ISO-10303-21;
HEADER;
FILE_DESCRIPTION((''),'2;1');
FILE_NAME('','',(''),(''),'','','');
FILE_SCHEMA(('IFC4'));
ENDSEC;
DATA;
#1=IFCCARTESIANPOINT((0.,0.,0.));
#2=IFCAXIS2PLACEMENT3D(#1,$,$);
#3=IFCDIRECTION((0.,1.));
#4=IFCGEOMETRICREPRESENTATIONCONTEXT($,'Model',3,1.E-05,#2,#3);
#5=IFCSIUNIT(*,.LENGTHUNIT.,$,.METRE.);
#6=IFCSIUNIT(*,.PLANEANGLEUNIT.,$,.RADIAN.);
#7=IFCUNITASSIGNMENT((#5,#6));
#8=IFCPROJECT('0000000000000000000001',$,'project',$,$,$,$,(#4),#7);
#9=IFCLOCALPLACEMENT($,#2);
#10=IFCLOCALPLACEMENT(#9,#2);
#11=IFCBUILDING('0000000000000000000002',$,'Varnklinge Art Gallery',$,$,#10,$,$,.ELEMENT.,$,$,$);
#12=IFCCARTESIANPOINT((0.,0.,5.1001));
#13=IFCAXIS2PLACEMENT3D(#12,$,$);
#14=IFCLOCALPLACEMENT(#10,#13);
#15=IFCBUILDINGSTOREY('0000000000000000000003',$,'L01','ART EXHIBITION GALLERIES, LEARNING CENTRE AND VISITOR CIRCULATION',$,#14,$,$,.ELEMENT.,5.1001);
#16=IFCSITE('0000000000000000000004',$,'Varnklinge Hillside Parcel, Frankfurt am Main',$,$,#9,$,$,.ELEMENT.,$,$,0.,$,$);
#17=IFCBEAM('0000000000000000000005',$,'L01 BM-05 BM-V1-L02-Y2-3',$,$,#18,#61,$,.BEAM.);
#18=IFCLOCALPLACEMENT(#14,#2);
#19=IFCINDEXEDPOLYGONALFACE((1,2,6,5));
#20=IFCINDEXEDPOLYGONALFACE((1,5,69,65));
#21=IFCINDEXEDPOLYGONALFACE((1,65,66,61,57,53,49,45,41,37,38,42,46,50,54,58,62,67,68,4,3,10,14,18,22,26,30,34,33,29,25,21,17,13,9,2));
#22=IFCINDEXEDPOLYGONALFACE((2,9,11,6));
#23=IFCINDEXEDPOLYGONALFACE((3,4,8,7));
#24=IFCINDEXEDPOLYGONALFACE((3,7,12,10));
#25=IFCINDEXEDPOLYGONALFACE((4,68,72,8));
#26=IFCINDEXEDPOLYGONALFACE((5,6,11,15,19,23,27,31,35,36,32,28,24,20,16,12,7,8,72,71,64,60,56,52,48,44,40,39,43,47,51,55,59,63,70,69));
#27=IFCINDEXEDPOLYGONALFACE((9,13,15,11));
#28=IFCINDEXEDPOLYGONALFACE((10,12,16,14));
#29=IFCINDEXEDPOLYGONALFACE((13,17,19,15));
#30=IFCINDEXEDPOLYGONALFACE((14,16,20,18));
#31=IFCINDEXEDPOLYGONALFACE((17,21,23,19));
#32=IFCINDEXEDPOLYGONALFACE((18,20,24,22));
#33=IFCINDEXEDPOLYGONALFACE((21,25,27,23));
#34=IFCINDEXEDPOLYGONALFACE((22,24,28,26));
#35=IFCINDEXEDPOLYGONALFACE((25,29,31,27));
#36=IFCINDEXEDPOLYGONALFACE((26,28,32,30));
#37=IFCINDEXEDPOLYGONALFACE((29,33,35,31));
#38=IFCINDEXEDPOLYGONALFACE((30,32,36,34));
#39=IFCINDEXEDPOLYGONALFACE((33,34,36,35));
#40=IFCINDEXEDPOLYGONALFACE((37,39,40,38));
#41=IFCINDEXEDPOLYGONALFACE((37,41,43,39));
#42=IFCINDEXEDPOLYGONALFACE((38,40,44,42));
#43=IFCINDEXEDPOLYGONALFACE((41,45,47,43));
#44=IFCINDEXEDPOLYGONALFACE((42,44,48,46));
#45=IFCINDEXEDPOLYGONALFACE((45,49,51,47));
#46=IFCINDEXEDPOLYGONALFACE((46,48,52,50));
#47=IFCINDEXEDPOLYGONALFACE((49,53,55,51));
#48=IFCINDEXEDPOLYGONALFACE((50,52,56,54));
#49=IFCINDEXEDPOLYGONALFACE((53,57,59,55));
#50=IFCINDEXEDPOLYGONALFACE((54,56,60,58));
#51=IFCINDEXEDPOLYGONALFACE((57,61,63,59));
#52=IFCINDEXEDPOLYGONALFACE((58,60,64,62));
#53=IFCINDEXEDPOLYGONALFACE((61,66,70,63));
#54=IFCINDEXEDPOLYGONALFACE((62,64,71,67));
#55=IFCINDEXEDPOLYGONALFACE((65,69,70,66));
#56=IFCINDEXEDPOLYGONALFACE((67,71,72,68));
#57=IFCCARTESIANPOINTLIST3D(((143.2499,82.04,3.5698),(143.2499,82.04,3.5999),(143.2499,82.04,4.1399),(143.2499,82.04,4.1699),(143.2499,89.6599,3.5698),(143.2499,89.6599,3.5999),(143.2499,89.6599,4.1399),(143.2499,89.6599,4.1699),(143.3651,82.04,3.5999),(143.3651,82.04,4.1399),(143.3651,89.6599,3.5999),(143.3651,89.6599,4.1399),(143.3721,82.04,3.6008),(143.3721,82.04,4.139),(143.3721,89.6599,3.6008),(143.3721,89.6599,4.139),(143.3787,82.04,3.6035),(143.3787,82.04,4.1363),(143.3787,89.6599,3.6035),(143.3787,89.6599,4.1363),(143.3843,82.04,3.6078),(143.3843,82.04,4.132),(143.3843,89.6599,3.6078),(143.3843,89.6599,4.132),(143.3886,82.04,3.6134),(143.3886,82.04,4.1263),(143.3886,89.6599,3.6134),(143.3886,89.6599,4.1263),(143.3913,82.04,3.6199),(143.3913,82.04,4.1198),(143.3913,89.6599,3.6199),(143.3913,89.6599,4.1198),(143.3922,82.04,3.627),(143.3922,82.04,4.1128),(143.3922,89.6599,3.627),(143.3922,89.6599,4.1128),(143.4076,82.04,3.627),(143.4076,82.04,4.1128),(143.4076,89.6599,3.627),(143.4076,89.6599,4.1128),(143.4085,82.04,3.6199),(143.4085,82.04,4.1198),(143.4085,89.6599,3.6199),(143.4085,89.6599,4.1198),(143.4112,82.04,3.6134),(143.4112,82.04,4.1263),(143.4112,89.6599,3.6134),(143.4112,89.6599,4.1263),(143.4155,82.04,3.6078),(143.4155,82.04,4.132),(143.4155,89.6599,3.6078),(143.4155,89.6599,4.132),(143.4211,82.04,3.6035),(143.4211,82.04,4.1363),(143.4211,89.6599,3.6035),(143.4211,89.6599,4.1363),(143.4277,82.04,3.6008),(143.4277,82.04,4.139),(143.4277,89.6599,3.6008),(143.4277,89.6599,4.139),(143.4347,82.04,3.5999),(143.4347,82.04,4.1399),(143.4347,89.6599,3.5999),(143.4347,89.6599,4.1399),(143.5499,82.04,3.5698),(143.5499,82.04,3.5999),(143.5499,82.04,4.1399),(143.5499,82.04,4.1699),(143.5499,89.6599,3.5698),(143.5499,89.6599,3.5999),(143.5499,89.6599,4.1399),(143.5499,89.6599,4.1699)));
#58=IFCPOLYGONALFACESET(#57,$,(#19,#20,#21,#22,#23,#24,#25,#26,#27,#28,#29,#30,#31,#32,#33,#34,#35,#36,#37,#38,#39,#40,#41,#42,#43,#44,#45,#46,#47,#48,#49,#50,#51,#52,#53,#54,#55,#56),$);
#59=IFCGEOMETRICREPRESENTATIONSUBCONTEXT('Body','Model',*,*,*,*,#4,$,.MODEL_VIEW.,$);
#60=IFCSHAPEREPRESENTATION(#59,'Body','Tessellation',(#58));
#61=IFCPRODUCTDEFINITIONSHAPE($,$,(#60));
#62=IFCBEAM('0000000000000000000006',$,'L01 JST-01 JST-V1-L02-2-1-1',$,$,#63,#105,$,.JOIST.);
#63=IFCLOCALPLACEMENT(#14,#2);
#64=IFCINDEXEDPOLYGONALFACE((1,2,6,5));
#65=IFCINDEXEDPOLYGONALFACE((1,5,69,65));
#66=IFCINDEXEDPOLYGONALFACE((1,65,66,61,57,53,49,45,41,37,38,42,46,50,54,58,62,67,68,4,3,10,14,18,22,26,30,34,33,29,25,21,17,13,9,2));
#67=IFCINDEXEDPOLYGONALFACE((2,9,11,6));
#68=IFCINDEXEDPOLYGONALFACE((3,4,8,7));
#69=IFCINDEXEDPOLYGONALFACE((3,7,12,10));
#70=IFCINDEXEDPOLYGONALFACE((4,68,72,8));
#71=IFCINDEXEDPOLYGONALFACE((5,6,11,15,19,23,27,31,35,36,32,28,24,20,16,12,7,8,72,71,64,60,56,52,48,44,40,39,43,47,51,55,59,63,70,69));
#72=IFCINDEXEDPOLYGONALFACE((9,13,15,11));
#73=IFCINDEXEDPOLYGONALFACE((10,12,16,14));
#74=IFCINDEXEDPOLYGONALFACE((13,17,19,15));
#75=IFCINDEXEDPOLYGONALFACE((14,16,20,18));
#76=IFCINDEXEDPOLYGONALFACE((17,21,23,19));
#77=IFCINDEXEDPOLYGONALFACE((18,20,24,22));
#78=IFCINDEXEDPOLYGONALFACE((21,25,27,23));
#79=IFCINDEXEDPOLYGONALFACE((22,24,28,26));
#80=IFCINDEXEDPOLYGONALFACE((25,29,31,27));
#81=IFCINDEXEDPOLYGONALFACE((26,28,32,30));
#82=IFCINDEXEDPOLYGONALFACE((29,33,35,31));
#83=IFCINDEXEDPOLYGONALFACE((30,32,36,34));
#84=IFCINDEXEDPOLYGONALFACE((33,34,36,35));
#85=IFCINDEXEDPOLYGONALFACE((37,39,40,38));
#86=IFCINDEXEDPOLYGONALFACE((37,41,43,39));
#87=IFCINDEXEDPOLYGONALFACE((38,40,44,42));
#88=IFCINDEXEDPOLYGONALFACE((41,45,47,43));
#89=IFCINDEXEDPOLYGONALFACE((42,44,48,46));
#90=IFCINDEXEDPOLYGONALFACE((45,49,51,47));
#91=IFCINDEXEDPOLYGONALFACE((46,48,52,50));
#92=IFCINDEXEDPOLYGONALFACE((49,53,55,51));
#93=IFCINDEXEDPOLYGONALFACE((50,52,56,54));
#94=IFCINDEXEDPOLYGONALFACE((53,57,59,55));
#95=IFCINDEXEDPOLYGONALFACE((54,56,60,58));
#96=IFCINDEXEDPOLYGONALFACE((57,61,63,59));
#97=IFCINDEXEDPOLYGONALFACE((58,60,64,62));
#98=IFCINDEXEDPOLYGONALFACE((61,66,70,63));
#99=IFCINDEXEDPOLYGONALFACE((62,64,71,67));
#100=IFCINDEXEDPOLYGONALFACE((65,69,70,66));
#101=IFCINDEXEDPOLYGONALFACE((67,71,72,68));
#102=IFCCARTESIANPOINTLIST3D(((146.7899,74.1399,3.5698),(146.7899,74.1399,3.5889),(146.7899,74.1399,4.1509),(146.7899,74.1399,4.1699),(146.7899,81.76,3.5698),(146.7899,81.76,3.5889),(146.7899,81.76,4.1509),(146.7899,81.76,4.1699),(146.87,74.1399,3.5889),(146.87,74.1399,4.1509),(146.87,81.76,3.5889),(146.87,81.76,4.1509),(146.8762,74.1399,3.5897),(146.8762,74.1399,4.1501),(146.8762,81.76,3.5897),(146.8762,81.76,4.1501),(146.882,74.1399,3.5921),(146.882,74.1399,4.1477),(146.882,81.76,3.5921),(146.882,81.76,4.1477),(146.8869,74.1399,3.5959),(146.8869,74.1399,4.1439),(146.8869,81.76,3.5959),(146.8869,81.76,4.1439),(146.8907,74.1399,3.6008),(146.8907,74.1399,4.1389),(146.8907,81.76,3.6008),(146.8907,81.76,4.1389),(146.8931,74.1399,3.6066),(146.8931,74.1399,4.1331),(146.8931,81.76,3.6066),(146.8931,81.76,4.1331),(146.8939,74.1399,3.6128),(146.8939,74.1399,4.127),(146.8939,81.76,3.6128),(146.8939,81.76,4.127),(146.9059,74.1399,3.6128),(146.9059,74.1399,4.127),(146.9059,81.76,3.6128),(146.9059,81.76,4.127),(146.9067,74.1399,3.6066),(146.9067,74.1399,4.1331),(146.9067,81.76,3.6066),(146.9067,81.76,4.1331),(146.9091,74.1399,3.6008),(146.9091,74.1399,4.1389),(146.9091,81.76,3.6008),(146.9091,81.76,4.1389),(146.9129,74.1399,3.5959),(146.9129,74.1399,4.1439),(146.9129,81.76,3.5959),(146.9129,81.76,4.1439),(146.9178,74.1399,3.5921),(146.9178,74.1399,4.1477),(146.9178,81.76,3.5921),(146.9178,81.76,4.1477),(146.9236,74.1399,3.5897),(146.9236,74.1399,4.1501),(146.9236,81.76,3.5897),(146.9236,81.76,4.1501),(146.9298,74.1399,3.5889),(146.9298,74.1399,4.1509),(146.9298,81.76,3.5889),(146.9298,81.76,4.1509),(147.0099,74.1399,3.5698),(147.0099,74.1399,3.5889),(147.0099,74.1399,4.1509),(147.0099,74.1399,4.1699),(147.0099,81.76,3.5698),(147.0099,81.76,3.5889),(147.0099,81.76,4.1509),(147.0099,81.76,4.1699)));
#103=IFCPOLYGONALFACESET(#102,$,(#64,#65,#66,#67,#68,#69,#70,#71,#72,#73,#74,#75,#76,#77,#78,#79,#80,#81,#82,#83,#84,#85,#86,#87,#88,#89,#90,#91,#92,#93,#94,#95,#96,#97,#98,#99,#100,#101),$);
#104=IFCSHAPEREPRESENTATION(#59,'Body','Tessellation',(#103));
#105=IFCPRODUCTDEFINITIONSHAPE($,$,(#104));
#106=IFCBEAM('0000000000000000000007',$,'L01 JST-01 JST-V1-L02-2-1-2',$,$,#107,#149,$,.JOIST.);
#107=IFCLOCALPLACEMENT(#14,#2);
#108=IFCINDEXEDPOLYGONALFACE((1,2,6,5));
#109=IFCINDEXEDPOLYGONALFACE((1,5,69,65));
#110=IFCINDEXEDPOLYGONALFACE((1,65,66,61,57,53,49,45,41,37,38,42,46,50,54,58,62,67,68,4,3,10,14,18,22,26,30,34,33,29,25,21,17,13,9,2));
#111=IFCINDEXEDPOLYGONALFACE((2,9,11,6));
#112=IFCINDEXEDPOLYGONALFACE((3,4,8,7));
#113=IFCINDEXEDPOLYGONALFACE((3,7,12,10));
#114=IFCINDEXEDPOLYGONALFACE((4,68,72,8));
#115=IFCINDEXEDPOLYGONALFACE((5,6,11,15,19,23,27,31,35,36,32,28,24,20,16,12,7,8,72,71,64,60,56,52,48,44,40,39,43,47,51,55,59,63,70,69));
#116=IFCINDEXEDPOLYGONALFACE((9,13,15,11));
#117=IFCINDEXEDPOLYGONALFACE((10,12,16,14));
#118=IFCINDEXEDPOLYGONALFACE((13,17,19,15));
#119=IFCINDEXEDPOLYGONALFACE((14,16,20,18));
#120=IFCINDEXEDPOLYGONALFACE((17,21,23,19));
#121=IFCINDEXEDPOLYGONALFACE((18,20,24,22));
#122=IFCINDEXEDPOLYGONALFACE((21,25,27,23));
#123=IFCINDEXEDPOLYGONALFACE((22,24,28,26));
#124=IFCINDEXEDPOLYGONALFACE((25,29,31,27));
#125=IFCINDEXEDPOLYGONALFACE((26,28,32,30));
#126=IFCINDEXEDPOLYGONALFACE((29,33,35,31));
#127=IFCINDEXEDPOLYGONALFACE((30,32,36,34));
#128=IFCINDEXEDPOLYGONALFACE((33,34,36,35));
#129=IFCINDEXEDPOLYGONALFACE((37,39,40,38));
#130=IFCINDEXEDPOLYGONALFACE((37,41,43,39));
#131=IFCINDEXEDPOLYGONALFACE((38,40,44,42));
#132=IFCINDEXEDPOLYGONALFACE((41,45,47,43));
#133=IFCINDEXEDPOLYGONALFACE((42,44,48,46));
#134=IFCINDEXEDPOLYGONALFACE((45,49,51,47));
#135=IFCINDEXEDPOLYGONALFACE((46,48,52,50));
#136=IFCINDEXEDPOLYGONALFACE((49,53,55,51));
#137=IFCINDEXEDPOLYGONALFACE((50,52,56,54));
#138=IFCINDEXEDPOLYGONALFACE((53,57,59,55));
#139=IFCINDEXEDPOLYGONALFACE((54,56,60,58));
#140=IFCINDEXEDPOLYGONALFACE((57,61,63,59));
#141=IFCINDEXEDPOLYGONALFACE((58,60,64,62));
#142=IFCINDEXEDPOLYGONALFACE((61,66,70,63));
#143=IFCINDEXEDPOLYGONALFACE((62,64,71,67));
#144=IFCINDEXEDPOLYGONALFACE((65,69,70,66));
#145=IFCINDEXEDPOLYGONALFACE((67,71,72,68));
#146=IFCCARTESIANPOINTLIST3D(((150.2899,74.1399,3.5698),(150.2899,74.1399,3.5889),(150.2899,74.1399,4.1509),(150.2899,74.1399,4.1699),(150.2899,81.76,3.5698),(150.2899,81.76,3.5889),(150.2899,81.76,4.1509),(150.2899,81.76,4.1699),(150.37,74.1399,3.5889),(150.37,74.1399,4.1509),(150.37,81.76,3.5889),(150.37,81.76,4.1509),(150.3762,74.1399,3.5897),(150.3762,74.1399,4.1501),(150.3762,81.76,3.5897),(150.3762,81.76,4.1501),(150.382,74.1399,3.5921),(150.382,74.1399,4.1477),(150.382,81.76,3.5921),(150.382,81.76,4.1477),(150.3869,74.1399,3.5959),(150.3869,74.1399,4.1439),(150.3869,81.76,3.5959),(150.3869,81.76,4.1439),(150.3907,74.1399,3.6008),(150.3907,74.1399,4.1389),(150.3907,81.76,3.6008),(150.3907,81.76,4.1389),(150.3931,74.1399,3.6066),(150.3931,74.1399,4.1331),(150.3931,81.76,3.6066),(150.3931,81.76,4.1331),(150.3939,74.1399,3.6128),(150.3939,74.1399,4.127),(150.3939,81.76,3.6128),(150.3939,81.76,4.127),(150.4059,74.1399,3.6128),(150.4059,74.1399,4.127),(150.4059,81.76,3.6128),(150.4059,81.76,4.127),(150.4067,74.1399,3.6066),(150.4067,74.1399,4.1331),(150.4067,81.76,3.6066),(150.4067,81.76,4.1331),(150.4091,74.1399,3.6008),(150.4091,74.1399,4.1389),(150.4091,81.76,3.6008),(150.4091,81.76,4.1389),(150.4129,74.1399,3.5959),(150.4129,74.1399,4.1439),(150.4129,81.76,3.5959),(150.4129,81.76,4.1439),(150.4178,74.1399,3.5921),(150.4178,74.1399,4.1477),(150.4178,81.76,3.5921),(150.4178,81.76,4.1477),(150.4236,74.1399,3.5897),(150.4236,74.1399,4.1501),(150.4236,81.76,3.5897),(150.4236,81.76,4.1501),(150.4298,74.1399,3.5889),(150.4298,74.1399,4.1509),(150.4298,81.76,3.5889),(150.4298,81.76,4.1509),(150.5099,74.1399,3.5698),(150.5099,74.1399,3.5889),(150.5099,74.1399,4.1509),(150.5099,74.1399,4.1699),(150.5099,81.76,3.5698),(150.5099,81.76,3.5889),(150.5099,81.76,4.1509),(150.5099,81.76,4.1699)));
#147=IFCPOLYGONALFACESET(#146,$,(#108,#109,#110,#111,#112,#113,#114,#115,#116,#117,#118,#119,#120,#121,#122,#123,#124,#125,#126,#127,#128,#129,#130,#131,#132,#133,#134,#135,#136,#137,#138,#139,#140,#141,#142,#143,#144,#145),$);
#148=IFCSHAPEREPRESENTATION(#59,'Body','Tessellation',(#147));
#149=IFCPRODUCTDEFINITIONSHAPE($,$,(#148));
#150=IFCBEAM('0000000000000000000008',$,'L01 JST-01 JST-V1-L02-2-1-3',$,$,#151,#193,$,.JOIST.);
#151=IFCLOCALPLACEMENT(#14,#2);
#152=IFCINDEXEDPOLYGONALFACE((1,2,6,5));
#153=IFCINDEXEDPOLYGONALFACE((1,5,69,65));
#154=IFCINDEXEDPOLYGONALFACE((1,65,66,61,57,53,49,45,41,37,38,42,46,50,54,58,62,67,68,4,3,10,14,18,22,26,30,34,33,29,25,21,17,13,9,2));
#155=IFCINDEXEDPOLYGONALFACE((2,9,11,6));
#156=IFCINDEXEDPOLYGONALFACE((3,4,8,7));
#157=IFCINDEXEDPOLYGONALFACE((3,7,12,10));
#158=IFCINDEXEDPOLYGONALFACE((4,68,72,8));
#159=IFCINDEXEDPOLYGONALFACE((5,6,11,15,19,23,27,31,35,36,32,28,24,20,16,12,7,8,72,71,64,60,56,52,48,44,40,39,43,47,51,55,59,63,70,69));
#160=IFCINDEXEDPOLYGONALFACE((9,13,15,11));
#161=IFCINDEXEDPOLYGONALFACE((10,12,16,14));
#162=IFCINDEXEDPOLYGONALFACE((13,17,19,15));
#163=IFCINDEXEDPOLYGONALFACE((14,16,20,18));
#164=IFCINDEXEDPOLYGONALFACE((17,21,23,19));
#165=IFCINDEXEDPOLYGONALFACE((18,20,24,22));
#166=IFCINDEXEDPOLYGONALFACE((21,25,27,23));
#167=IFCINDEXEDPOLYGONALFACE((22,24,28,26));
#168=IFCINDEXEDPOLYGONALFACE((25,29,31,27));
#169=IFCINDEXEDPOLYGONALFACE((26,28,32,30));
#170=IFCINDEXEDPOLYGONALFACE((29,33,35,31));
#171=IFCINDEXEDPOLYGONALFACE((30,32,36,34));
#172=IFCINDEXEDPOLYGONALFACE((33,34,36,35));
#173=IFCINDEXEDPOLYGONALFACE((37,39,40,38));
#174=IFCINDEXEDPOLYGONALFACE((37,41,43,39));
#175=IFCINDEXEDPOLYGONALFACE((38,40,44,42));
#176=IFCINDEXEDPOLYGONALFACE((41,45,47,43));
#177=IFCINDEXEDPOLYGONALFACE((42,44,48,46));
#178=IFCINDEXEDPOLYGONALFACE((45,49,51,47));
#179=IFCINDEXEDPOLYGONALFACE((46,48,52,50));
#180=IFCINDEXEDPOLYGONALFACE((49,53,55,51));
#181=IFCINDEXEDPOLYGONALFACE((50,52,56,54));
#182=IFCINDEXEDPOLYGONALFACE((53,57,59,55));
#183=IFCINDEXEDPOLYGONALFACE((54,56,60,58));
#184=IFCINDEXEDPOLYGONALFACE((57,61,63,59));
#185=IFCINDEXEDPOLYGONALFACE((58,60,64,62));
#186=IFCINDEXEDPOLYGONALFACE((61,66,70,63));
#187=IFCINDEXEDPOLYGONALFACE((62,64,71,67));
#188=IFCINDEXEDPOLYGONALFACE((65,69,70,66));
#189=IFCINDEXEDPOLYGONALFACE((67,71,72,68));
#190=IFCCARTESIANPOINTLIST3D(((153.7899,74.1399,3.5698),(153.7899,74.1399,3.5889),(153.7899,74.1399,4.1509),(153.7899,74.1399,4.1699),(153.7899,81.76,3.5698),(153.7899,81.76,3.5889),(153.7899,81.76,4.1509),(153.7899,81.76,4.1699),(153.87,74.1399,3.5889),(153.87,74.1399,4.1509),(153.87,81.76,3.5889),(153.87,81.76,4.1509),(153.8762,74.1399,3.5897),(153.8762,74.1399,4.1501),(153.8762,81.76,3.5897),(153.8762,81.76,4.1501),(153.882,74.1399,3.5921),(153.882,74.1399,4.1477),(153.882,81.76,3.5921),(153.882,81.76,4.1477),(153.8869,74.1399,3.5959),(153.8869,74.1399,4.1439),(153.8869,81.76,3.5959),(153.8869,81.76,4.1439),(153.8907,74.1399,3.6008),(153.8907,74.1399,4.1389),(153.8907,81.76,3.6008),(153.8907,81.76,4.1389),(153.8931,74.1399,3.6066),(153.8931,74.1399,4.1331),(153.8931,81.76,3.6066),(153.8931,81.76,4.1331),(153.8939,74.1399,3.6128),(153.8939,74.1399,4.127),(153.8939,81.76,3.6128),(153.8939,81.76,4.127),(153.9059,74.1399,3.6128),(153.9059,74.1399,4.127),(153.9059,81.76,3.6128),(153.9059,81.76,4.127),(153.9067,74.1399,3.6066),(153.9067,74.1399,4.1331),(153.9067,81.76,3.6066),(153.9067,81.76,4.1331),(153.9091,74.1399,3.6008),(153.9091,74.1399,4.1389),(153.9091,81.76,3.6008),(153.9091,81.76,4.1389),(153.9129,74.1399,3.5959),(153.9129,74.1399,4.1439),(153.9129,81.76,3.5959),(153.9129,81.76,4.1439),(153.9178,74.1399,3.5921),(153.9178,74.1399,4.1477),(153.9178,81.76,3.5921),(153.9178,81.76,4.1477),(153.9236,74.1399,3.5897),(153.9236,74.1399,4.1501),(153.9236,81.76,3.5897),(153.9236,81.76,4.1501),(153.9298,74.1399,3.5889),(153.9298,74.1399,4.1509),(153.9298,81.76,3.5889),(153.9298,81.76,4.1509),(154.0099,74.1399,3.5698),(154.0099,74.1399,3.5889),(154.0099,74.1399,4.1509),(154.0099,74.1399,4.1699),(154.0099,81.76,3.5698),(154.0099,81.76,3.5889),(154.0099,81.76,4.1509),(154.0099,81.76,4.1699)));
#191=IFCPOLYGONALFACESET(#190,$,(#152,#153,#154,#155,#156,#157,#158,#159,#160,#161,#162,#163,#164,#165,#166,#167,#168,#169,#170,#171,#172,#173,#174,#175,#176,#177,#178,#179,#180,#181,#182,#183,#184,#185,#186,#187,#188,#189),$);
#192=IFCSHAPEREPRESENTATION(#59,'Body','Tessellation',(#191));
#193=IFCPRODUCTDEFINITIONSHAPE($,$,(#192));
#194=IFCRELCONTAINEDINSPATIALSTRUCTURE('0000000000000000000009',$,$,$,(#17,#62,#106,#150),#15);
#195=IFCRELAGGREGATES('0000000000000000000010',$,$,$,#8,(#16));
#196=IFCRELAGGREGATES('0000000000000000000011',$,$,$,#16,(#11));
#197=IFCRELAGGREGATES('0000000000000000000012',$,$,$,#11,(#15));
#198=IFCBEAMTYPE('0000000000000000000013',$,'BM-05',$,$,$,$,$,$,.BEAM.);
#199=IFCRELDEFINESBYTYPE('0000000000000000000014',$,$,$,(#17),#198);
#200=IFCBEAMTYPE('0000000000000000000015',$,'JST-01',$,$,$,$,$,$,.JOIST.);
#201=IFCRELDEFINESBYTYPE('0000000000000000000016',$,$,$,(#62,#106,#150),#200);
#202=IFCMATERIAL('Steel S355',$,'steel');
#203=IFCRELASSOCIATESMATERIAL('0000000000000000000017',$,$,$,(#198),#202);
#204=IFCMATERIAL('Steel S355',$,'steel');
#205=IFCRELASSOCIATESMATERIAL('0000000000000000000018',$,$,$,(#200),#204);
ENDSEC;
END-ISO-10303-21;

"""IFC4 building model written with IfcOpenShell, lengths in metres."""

from ifc_helpers import new_model, si_unit, direction, frame, origin, origin_2d, place, context, subcontext, project, spatial, i_section, extrude, material, material_profile, profile_set, type_object, element, save


model = new_model("IFC4")

# Units and contexts
model_context = context("Model", 3, precision=1e-05, world=origin(), true_north=direction((0.0, 1.0)))
body_context = subcontext(model_context, "Body", "Model", "MODEL_VIEW")
ifc_project = project(units=[si_unit("LENGTHUNIT", "METRE"), si_unit("PLANEANGLEUNIT", "RADIAN")], contexts=[model_context])

# Site, building, storey
site_placement = place(None, origin())
site = spatial("IfcSite", under=ifc_project, at=site_placement, Name="Varnklinge Hillside Parcel, Frankfurt am Main", CompositionType="ELEMENT", RefElevation=0.0)
building_placement = place(site_placement, origin())
building = spatial("IfcBuilding", under=site, at=building_placement, Name="Varnklinge Art Gallery", CompositionType="ELEMENT")
storey_placement = place(building_placement, frame((0.0, 0.0, 5.1001)))
storey = spatial("IfcBuildingStorey", under=building, at=storey_placement, Name="L01", Description="ART EXHIBITION GALLERIES, LEARNING CENTRE AND VISITOR CIRCULATION", CompositionType="ELEMENT", Elevation=5.1001)

# Beams
ifc_material_1 = material(Name="Steel S355", Category="steel")
ifc_material_profile_1 = material_profile(ifc_material_1, i_section(OverallWidth=0.3, OverallDepth=0.6001, WebThickness=0.0154, FlangeThickness=0.03, FilletRadius=0.0271, at=origin_2d()), Name="HEB 600")
ifc_profile_set_1 = profile_set([ifc_material_profile_1], Name="Steel S355")
beam_type_1 = type_object("IfcBeamType", Name="BM-05", PredefinedType="BEAM", material=ifc_profile_set_1)
beam_1_placement = place(storey_placement, frame((143.3999, 82.04, 3.8699), z_axis=(0.0, 1.0, 0.0), x_axis=(-1.0, 0.0, 0.0)))
element("IfcBeam", 1, at=beam_1_placement, inside=storey, type_object=beam_type_1, Name="L01 BM-05 BM-V1-L02-Y2-3", PredefinedType="BEAM", context=body_context, shape_type="SweptSolid", body=[
    extrude(i_section(OverallWidth=0.3, OverallDepth=0.6001, WebThickness=0.0154, FlangeThickness=0.03, FilletRadius=0.0271, at=origin_2d()), origin(), (0.0, 0.0, 1.0), 7.6199),
])
ifc_material_2 = material(Name="Steel S355", Category="steel")
ifc_material_profile_2 = material_profile(ifc_material_2, i_section(OverallWidth=0.22, OverallDepth=0.6001, WebThickness=0.012, FlangeThickness=0.019, FilletRadius=0.0239, at=origin_2d()), Name="IPE 600")
ifc_profile_set_2 = profile_set([ifc_material_profile_2], Name="Steel S355")
beam_type_2 = type_object("IfcBeamType", Name="JST-01", PredefinedType="JOIST", material=ifc_profile_set_2)
for number, where, z_axis, x_axis, name in (
    (2, (146.8999, 74.1399, 3.8699), (0.0, 1.0, 0.0), (-1.0, 0.0, 0.0), "L01 JST-01 JST-V1-L02-2-1-1"),
    (3, (150.3999, 74.1399, 3.8699), (0.0, 1.0, 0.0), (-1.0, 0.0, 0.0), "L01 JST-01 JST-V1-L02-2-1-2"),
    (4, (153.8999, 74.1399, 3.8699), (0.0, 1.0, 0.0), (-1.0, 0.0, 0.0), "L01 JST-01 JST-V1-L02-2-1-3"),
):
    element("IfcBeam", number, at=place(storey_placement, frame(where, z_axis=z_axis, x_axis=x_axis)), inside=storey, type_object=beam_type_2, Name=name, PredefinedType="JOIST", context=body_context, shape_type="SweptSolid", body=[
        extrude(i_section(OverallWidth=0.22, OverallDepth=0.6001, WebThickness=0.012, FlangeThickness=0.019, FilletRadius=0.0239, at=origin_2d()), origin(), (0.0, 0.0, 1.0), 7.6201),
    ])

save(model, "model.ifc")
